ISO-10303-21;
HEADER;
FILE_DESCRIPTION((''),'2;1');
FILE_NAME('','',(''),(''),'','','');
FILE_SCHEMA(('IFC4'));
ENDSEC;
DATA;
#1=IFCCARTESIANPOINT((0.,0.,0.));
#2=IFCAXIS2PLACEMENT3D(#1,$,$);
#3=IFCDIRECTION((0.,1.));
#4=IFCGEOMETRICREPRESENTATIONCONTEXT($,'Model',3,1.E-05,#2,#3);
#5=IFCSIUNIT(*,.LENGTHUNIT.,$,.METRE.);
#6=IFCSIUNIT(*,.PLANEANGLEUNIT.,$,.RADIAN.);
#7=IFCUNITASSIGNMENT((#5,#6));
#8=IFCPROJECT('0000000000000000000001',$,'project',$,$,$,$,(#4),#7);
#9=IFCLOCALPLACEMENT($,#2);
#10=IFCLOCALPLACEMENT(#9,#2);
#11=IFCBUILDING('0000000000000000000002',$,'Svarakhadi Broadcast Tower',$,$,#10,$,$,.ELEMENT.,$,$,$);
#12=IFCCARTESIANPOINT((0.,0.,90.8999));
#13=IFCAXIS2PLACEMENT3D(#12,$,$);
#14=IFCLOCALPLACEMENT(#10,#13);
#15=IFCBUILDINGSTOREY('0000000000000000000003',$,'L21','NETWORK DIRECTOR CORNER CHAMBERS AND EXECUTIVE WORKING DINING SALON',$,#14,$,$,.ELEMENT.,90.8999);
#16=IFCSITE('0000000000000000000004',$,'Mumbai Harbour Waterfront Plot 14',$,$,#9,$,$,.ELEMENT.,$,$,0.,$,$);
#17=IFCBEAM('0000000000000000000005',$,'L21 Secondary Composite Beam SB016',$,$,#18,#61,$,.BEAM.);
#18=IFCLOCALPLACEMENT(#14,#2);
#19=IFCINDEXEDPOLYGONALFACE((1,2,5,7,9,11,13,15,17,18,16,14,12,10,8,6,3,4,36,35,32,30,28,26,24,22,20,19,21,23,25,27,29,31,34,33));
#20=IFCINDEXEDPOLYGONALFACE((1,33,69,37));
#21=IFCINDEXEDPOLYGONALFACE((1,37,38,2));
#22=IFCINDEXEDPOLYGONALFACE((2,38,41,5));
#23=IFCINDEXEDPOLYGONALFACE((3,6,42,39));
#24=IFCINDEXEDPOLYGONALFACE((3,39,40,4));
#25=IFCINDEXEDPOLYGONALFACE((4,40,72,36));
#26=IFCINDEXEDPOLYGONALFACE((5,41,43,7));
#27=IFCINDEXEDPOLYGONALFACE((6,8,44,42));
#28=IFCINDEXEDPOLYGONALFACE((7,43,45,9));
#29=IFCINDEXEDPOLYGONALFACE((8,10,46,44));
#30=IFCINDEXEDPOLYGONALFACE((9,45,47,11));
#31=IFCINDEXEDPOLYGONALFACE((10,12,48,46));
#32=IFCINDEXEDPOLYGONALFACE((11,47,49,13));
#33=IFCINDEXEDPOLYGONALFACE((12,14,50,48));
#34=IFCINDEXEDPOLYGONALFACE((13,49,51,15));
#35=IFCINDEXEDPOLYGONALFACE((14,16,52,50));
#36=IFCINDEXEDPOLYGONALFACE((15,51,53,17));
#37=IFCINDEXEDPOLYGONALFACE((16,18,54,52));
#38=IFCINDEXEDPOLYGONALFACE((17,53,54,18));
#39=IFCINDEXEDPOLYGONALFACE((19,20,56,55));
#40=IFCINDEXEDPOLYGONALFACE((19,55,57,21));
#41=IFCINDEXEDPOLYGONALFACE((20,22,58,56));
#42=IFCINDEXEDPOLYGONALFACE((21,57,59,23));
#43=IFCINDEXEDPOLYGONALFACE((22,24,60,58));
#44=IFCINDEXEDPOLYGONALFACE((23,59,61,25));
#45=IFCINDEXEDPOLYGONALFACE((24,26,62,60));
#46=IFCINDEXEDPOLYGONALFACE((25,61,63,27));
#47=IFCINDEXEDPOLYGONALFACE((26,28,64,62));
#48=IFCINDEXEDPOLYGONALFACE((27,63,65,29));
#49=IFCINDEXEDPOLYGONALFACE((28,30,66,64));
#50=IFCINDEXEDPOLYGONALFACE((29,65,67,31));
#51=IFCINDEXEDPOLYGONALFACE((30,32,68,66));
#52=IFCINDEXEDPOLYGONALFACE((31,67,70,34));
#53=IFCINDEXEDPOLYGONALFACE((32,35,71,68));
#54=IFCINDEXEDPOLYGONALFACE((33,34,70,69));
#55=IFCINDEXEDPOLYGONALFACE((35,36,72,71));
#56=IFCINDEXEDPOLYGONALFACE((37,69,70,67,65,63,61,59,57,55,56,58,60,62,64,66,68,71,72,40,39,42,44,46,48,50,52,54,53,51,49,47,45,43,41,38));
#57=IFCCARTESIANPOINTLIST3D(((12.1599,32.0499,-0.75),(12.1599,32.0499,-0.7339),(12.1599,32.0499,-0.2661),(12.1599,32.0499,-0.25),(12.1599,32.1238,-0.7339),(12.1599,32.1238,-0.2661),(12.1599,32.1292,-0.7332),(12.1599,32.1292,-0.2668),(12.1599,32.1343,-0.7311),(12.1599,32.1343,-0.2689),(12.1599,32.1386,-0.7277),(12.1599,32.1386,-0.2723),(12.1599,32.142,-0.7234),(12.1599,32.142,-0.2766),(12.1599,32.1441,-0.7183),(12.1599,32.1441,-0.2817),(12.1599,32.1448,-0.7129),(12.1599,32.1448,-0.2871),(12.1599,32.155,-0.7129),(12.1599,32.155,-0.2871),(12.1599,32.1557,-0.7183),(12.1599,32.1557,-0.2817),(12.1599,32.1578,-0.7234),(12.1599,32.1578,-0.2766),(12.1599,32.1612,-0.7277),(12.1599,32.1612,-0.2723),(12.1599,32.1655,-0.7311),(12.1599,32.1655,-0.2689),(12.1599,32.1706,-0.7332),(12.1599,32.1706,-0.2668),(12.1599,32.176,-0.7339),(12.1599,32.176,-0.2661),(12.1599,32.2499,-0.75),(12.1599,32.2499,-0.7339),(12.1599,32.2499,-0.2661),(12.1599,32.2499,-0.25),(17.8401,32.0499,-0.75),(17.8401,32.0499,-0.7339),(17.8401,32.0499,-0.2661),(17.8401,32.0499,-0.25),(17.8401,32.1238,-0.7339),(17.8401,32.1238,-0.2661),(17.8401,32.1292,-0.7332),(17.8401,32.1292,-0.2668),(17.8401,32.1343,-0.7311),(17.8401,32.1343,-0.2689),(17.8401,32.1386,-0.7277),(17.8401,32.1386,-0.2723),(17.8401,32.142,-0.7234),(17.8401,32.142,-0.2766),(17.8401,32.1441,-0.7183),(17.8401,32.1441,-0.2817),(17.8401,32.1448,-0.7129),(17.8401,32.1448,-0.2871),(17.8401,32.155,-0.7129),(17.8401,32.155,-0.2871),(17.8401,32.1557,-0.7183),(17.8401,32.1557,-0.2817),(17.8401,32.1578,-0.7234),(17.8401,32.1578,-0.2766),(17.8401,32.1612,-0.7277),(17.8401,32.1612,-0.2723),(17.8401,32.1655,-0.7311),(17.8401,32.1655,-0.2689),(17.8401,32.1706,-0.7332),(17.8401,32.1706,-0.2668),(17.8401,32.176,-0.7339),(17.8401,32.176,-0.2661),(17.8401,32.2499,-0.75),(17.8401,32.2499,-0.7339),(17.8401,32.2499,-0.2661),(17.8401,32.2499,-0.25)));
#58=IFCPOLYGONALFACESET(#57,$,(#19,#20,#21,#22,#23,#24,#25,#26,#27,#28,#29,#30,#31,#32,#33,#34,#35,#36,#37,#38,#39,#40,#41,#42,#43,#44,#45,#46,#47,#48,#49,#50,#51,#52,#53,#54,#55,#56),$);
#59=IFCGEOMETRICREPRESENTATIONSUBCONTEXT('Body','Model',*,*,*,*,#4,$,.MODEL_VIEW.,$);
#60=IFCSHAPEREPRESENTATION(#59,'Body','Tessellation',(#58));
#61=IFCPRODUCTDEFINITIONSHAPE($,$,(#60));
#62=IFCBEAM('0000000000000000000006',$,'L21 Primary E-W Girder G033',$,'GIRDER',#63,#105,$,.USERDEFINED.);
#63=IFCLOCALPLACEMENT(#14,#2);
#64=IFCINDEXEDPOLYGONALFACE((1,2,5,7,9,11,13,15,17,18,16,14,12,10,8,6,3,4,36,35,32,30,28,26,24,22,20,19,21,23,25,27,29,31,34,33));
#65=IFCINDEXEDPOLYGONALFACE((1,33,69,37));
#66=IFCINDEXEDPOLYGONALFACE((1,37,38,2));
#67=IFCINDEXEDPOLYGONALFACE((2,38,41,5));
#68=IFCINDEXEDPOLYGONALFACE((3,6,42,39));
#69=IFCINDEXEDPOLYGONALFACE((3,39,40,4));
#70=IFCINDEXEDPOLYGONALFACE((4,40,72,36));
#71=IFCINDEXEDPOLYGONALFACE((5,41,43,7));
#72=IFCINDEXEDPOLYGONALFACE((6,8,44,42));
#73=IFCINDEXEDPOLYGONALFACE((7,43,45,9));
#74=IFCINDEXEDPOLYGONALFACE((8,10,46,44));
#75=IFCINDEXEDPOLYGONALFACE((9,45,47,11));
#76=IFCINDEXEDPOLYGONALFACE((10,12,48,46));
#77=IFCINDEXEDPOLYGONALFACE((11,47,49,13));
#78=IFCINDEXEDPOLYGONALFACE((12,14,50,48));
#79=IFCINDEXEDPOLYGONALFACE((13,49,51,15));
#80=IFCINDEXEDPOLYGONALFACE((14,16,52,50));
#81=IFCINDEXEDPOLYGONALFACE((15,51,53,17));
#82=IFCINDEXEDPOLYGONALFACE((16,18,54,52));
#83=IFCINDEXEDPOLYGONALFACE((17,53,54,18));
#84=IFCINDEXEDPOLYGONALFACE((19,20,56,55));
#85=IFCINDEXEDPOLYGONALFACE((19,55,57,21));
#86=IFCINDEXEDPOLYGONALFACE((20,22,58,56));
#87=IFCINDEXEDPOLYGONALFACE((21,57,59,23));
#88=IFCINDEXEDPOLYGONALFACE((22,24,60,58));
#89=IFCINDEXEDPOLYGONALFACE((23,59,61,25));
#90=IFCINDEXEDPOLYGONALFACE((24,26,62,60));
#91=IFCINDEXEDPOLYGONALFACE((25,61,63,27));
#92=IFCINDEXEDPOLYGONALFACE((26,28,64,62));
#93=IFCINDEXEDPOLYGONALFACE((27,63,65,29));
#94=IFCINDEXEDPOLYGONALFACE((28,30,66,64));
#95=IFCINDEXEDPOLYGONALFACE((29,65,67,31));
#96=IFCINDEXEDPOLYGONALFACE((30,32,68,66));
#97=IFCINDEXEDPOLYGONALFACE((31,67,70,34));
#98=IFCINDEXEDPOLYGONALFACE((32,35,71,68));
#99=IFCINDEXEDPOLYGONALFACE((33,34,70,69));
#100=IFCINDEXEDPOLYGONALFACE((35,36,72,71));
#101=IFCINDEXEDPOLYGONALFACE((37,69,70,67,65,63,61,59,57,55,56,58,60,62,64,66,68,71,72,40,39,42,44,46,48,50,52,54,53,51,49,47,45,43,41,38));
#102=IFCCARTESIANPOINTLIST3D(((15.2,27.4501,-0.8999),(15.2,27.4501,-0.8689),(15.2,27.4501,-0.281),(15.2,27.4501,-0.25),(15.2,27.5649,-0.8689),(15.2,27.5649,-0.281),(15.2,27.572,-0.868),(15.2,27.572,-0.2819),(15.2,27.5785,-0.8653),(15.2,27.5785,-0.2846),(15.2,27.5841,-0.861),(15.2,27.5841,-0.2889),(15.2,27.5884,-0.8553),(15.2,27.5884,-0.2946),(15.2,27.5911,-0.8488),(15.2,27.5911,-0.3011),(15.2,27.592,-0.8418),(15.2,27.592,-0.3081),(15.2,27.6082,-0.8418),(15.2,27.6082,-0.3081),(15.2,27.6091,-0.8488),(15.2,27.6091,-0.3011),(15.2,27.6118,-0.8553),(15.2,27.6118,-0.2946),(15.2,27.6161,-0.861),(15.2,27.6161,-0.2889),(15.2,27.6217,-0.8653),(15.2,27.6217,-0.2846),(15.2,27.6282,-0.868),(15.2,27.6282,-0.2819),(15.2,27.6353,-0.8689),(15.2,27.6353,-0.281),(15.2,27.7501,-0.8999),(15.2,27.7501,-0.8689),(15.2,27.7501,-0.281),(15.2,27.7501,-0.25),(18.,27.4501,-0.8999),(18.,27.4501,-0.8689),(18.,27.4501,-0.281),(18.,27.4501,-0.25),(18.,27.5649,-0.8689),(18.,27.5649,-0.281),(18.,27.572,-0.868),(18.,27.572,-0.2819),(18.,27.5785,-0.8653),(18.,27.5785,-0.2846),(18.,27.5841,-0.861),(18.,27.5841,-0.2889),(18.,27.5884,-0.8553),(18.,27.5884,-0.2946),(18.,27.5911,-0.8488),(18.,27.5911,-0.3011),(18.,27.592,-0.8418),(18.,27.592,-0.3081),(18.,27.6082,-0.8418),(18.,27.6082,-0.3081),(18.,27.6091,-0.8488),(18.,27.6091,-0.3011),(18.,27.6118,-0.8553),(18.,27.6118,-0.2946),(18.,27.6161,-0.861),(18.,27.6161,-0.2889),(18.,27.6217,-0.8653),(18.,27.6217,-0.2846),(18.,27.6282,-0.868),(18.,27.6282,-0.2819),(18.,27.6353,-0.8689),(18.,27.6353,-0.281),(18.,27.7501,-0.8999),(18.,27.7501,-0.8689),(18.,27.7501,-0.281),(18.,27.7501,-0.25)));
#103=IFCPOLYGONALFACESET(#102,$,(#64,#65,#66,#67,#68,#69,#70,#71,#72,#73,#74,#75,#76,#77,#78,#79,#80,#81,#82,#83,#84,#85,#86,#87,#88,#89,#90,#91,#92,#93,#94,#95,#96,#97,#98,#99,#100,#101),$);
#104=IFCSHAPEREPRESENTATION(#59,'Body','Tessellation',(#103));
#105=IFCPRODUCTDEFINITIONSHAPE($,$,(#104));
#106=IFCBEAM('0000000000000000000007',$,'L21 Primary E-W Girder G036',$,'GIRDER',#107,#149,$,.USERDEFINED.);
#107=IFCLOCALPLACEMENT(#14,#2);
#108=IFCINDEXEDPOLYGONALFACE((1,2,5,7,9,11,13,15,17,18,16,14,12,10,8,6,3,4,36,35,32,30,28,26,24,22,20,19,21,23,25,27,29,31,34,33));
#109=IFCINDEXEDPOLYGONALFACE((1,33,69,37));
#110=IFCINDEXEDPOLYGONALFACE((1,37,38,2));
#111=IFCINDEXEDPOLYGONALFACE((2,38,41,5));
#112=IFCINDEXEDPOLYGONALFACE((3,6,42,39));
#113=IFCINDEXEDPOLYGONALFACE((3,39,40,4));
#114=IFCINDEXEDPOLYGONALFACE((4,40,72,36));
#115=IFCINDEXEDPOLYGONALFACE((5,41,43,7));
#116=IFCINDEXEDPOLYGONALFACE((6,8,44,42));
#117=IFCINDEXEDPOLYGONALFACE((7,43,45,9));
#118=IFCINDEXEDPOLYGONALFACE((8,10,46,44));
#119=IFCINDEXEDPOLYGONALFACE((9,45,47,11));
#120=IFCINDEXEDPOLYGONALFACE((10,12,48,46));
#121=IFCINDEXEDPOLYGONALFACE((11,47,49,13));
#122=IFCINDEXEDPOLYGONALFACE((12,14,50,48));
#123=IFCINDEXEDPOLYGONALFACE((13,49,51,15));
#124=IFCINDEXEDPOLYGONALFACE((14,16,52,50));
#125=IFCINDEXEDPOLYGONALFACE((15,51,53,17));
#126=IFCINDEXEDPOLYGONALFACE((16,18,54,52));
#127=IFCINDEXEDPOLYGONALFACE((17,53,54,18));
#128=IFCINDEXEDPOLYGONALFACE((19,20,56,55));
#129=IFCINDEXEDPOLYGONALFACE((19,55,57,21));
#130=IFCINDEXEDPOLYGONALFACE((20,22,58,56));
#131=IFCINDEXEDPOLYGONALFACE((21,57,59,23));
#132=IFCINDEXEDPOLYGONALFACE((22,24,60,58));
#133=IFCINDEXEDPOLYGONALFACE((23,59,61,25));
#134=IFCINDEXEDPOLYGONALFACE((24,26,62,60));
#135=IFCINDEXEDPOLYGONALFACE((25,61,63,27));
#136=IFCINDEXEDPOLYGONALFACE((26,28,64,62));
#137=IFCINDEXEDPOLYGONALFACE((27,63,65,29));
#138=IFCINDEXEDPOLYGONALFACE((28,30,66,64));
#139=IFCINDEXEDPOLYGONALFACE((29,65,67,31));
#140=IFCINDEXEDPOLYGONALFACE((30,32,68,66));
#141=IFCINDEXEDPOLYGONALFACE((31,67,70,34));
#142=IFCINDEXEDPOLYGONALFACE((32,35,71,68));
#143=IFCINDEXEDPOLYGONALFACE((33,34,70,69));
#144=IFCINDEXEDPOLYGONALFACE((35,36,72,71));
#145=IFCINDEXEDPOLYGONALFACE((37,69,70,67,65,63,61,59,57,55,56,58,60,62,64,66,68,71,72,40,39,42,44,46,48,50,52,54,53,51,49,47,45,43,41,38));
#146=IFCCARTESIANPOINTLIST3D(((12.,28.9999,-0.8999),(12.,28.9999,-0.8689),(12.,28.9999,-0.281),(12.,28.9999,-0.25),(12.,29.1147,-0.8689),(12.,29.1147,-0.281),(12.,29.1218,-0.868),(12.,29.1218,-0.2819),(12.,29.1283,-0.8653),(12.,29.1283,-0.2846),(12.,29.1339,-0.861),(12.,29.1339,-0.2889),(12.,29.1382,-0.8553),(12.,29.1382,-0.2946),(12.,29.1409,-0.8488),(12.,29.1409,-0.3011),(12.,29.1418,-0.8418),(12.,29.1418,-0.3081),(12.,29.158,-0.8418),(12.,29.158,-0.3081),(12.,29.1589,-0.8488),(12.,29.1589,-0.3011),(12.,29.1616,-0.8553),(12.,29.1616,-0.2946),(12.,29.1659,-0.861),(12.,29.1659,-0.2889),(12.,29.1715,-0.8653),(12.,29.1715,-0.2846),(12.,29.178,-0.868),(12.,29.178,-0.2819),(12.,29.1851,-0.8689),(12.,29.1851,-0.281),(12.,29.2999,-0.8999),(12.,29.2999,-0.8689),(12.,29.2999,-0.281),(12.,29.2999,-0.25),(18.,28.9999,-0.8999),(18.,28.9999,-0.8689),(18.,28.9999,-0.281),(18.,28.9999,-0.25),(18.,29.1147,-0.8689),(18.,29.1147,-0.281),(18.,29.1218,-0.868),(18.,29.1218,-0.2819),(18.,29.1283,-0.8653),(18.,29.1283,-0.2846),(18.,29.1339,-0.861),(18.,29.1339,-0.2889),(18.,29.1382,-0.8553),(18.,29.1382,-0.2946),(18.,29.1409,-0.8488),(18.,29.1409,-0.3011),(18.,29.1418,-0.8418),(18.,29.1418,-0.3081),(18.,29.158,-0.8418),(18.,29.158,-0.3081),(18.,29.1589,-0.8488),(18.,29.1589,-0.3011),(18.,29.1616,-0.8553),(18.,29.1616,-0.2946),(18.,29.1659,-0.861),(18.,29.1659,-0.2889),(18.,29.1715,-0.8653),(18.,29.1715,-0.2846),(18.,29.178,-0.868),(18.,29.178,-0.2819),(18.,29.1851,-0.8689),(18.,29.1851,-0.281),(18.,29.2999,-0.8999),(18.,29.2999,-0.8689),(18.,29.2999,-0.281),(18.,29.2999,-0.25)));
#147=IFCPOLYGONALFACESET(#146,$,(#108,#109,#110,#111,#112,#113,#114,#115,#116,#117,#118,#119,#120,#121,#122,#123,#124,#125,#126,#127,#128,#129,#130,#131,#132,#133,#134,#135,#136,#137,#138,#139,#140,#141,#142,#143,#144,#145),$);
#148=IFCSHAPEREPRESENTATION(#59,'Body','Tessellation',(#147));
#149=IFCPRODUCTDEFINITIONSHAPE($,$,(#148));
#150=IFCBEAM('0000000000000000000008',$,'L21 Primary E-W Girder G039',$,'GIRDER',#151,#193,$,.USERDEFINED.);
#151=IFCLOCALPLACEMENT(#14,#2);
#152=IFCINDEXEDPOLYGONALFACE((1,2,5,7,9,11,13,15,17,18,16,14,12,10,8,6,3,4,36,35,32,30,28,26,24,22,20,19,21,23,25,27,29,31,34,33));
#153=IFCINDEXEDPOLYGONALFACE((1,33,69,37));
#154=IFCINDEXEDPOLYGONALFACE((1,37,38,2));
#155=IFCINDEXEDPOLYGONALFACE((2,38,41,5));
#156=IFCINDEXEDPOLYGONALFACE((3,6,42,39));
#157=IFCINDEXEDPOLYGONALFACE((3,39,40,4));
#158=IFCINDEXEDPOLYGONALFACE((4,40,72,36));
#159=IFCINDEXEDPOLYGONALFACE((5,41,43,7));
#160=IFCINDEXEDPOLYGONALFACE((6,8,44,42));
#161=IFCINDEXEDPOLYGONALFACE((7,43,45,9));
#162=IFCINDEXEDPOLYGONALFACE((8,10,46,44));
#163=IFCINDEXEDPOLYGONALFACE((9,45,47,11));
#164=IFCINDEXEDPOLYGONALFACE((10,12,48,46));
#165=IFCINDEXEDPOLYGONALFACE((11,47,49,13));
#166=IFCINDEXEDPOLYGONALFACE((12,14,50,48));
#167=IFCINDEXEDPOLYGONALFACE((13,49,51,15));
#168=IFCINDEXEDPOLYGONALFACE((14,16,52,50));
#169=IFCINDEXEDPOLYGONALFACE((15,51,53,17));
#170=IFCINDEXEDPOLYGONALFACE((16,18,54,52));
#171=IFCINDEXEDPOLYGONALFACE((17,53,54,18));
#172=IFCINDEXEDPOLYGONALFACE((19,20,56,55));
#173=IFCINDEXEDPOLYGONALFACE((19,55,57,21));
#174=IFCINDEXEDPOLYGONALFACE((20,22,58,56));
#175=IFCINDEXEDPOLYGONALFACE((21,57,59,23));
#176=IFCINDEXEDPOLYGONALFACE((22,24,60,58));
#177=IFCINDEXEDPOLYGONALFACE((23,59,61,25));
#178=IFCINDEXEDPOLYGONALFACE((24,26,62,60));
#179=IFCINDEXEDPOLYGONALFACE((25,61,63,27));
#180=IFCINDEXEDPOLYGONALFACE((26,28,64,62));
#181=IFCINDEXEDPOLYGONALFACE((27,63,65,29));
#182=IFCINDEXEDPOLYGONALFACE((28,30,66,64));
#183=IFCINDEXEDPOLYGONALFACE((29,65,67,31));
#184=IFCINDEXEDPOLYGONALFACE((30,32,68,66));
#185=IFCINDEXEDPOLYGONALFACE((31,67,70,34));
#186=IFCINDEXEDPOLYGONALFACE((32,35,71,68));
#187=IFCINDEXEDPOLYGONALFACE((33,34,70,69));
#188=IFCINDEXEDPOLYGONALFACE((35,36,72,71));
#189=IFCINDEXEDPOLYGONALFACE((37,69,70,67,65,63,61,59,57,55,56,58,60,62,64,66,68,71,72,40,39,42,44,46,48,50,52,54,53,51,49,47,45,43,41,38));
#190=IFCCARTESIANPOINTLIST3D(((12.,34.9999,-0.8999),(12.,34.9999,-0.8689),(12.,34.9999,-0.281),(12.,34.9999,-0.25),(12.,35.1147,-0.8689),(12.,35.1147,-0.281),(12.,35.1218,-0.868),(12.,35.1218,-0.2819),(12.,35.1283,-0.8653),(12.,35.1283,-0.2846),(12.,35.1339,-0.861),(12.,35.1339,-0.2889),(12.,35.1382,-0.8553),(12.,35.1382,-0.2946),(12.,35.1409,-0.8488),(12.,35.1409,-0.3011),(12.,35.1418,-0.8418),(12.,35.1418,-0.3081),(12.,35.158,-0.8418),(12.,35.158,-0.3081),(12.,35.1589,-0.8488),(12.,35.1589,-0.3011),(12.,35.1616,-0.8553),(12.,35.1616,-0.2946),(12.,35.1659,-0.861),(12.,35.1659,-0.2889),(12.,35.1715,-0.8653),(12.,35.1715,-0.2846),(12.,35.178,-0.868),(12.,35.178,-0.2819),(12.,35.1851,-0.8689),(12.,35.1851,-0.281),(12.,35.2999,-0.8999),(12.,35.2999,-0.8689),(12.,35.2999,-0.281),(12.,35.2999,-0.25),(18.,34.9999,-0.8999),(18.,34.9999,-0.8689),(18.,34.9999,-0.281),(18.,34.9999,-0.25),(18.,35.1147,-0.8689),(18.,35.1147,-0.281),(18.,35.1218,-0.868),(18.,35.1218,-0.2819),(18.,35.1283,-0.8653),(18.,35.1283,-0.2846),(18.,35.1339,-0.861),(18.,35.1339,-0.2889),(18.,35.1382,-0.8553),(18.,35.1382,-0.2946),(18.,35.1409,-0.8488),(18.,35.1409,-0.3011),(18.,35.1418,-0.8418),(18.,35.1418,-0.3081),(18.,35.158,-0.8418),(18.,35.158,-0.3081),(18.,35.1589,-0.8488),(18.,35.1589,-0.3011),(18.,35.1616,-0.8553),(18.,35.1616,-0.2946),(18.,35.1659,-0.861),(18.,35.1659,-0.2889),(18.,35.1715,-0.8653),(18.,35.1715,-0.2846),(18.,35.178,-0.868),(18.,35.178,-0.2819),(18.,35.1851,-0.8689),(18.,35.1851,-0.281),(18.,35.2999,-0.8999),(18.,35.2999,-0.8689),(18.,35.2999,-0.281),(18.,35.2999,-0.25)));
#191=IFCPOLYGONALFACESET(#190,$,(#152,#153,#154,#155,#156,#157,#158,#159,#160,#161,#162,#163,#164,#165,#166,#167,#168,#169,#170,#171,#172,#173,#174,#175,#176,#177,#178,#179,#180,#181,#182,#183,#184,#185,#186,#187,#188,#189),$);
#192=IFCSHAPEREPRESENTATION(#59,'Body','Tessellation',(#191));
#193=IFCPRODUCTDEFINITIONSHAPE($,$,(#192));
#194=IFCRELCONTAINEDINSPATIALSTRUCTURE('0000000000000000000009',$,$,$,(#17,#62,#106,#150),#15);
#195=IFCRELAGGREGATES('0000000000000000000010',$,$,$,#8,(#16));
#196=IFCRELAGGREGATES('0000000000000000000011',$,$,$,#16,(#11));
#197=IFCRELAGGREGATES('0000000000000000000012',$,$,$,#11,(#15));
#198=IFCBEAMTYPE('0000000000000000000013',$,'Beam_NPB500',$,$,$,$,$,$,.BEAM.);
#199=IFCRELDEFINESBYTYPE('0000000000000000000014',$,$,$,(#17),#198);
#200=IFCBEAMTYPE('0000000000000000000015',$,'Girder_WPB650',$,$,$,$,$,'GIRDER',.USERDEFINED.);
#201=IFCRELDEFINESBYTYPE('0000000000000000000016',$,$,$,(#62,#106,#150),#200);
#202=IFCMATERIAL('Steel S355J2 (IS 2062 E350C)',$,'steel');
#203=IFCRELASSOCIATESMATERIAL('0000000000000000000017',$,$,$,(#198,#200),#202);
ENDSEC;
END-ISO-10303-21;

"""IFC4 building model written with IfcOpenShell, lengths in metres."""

from ifc_helpers import new_model, si_unit, direction, frame, origin, origin_2d, place, context, subcontext, project, spatial, i_section, extrude, material, material_profile, profile_set, type_object, element, save


model = new_model("IFC4")

# Units and contexts
model_context = context("Model", 3, precision=1e-05, world=origin(), true_north=direction((0.0, 1.0)))
body_context = subcontext(model_context, "Body", "Model", "MODEL_VIEW")
ifc_project = project(units=[si_unit("LENGTHUNIT", "METRE"), si_unit("PLANEANGLEUNIT", "RADIAN")], contexts=[model_context])

# Site, building, storey
site_placement = place(None, origin())
site = spatial("IfcSite", under=ifc_project, at=site_placement, Name="Mumbai Harbour Waterfront Plot 14", CompositionType="ELEMENT", RefElevation=0.0)
building_placement = place(site_placement, origin())
building = spatial("IfcBuilding", under=site, at=building_placement, Name="Svarakhadi Broadcast Tower", CompositionType="ELEMENT")
storey_placement = place(building_placement, frame((0.0, 0.0, 90.8999)))
storey = spatial("IfcBuildingStorey", under=building, at=storey_placement, Name="L21", Description="NETWORK DIRECTOR CORNER CHAMBERS AND EXECUTIVE WORKING DINING SALON", CompositionType="ELEMENT", Elevation=90.8999)

# Beams
ifc_material_1 = material(Name="Steel S355J2 (IS 2062 E350C)", Category="steel")
ifc_material_profile_1 = material_profile(ifc_material_1, i_section(OverallWidth=0.2, OverallDepth=0.5, WebThickness=0.0103, FlangeThickness=0.0161, FilletRadius=0.021, at=origin_2d()), Name="NPB 500x200x91")
ifc_profile_set_1 = profile_set([ifc_material_profile_1], Name="Steel S355J2 (IS 2062 E350C)")
beam_type_1 = type_object("IfcBeamType", Name="Beam_NPB500", PredefinedType="BEAM", material=ifc_profile_set_1)
beam_1_placement = place(storey_placement, frame((12.1599, 32.1499, -0.5), z_axis=(1.0, 0.0, 0.0), x_axis=(0.0, 1.0, 0.0)))
element("IfcBeam", 1, at=beam_1_placement, inside=storey, type_object=beam_type_1, Name="L21 Secondary Composite Beam SB016", PredefinedType="BEAM", context=body_context, shape_type="SweptSolid", body=[
    extrude(i_section(OverallWidth=0.2, OverallDepth=0.5, WebThickness=0.0103, FlangeThickness=0.0161, FilletRadius=0.021, at=origin_2d()), origin(), (0.0, 0.0, 1.0), 5.6802),
])
ifc_material_profile_2 = material_profile(ifc_material_1, i_section(OverallWidth=0.3, OverallDepth=0.6499, WebThickness=0.0161, FlangeThickness=0.031, FilletRadius=0.0271, at=origin_2d()), Name="WPB 650x300x225")
ifc_profile_set_2 = profile_set([ifc_material_profile_2], Name="Steel S355J2 (IS 2062 E350C)")
beam_type_2 = type_object("IfcBeamType", Name="Girder_WPB650", ElementType="GIRDER", PredefinedType="USERDEFINED", material=ifc_profile_set_2)
beam_2_placement = place(storey_placement, frame((15.2, 27.6001, -0.575), z_axis=(1.0, 0.0, 0.0), x_axis=(0.0, 1.0, 0.0)))
element("IfcBeam", 2, at=beam_2_placement, inside=storey, type_object=beam_type_2, Name="L21 Primary E-W Girder G033", ObjectType="GIRDER", PredefinedType="USERDEFINED", context=body_context, shape_type="SweptSolid", body=[
    extrude(i_section(OverallWidth=0.3, OverallDepth=0.6499, WebThickness=0.0161, FlangeThickness=0.031, FilletRadius=0.0271, at=origin_2d()), origin(), (0.0, 0.0, 1.0), 2.8),
])
for number, where, z_axis, x_axis, name in (
    (3, (12.0, 29.1499, -0.575), (1.0, 0.0, 0.0), (0.0, 1.0, 0.0), "L21 Primary E-W Girder G036"),
    (4, (12.0, 35.1499, -0.575), (1.0, 0.0, 0.0), (0.0, 1.0, 0.0), "L21 Primary E-W Girder G039"),
):
    element("IfcBeam", number, at=place(storey_placement, frame(where, z_axis=z_axis, x_axis=x_axis)), inside=storey, type_object=beam_type_2, Name=name, ObjectType="GIRDER", PredefinedType="USERDEFINED", context=body_context, shape_type="SweptSolid", body=[
        extrude(i_section(OverallWidth=0.3, OverallDepth=0.6499, WebThickness=0.0161, FlangeThickness=0.031, FilletRadius=0.0271, at=origin_2d()), origin(), (0.0, 0.0, 1.0), 6.0),
    ])

save(model, "model.ifc")
